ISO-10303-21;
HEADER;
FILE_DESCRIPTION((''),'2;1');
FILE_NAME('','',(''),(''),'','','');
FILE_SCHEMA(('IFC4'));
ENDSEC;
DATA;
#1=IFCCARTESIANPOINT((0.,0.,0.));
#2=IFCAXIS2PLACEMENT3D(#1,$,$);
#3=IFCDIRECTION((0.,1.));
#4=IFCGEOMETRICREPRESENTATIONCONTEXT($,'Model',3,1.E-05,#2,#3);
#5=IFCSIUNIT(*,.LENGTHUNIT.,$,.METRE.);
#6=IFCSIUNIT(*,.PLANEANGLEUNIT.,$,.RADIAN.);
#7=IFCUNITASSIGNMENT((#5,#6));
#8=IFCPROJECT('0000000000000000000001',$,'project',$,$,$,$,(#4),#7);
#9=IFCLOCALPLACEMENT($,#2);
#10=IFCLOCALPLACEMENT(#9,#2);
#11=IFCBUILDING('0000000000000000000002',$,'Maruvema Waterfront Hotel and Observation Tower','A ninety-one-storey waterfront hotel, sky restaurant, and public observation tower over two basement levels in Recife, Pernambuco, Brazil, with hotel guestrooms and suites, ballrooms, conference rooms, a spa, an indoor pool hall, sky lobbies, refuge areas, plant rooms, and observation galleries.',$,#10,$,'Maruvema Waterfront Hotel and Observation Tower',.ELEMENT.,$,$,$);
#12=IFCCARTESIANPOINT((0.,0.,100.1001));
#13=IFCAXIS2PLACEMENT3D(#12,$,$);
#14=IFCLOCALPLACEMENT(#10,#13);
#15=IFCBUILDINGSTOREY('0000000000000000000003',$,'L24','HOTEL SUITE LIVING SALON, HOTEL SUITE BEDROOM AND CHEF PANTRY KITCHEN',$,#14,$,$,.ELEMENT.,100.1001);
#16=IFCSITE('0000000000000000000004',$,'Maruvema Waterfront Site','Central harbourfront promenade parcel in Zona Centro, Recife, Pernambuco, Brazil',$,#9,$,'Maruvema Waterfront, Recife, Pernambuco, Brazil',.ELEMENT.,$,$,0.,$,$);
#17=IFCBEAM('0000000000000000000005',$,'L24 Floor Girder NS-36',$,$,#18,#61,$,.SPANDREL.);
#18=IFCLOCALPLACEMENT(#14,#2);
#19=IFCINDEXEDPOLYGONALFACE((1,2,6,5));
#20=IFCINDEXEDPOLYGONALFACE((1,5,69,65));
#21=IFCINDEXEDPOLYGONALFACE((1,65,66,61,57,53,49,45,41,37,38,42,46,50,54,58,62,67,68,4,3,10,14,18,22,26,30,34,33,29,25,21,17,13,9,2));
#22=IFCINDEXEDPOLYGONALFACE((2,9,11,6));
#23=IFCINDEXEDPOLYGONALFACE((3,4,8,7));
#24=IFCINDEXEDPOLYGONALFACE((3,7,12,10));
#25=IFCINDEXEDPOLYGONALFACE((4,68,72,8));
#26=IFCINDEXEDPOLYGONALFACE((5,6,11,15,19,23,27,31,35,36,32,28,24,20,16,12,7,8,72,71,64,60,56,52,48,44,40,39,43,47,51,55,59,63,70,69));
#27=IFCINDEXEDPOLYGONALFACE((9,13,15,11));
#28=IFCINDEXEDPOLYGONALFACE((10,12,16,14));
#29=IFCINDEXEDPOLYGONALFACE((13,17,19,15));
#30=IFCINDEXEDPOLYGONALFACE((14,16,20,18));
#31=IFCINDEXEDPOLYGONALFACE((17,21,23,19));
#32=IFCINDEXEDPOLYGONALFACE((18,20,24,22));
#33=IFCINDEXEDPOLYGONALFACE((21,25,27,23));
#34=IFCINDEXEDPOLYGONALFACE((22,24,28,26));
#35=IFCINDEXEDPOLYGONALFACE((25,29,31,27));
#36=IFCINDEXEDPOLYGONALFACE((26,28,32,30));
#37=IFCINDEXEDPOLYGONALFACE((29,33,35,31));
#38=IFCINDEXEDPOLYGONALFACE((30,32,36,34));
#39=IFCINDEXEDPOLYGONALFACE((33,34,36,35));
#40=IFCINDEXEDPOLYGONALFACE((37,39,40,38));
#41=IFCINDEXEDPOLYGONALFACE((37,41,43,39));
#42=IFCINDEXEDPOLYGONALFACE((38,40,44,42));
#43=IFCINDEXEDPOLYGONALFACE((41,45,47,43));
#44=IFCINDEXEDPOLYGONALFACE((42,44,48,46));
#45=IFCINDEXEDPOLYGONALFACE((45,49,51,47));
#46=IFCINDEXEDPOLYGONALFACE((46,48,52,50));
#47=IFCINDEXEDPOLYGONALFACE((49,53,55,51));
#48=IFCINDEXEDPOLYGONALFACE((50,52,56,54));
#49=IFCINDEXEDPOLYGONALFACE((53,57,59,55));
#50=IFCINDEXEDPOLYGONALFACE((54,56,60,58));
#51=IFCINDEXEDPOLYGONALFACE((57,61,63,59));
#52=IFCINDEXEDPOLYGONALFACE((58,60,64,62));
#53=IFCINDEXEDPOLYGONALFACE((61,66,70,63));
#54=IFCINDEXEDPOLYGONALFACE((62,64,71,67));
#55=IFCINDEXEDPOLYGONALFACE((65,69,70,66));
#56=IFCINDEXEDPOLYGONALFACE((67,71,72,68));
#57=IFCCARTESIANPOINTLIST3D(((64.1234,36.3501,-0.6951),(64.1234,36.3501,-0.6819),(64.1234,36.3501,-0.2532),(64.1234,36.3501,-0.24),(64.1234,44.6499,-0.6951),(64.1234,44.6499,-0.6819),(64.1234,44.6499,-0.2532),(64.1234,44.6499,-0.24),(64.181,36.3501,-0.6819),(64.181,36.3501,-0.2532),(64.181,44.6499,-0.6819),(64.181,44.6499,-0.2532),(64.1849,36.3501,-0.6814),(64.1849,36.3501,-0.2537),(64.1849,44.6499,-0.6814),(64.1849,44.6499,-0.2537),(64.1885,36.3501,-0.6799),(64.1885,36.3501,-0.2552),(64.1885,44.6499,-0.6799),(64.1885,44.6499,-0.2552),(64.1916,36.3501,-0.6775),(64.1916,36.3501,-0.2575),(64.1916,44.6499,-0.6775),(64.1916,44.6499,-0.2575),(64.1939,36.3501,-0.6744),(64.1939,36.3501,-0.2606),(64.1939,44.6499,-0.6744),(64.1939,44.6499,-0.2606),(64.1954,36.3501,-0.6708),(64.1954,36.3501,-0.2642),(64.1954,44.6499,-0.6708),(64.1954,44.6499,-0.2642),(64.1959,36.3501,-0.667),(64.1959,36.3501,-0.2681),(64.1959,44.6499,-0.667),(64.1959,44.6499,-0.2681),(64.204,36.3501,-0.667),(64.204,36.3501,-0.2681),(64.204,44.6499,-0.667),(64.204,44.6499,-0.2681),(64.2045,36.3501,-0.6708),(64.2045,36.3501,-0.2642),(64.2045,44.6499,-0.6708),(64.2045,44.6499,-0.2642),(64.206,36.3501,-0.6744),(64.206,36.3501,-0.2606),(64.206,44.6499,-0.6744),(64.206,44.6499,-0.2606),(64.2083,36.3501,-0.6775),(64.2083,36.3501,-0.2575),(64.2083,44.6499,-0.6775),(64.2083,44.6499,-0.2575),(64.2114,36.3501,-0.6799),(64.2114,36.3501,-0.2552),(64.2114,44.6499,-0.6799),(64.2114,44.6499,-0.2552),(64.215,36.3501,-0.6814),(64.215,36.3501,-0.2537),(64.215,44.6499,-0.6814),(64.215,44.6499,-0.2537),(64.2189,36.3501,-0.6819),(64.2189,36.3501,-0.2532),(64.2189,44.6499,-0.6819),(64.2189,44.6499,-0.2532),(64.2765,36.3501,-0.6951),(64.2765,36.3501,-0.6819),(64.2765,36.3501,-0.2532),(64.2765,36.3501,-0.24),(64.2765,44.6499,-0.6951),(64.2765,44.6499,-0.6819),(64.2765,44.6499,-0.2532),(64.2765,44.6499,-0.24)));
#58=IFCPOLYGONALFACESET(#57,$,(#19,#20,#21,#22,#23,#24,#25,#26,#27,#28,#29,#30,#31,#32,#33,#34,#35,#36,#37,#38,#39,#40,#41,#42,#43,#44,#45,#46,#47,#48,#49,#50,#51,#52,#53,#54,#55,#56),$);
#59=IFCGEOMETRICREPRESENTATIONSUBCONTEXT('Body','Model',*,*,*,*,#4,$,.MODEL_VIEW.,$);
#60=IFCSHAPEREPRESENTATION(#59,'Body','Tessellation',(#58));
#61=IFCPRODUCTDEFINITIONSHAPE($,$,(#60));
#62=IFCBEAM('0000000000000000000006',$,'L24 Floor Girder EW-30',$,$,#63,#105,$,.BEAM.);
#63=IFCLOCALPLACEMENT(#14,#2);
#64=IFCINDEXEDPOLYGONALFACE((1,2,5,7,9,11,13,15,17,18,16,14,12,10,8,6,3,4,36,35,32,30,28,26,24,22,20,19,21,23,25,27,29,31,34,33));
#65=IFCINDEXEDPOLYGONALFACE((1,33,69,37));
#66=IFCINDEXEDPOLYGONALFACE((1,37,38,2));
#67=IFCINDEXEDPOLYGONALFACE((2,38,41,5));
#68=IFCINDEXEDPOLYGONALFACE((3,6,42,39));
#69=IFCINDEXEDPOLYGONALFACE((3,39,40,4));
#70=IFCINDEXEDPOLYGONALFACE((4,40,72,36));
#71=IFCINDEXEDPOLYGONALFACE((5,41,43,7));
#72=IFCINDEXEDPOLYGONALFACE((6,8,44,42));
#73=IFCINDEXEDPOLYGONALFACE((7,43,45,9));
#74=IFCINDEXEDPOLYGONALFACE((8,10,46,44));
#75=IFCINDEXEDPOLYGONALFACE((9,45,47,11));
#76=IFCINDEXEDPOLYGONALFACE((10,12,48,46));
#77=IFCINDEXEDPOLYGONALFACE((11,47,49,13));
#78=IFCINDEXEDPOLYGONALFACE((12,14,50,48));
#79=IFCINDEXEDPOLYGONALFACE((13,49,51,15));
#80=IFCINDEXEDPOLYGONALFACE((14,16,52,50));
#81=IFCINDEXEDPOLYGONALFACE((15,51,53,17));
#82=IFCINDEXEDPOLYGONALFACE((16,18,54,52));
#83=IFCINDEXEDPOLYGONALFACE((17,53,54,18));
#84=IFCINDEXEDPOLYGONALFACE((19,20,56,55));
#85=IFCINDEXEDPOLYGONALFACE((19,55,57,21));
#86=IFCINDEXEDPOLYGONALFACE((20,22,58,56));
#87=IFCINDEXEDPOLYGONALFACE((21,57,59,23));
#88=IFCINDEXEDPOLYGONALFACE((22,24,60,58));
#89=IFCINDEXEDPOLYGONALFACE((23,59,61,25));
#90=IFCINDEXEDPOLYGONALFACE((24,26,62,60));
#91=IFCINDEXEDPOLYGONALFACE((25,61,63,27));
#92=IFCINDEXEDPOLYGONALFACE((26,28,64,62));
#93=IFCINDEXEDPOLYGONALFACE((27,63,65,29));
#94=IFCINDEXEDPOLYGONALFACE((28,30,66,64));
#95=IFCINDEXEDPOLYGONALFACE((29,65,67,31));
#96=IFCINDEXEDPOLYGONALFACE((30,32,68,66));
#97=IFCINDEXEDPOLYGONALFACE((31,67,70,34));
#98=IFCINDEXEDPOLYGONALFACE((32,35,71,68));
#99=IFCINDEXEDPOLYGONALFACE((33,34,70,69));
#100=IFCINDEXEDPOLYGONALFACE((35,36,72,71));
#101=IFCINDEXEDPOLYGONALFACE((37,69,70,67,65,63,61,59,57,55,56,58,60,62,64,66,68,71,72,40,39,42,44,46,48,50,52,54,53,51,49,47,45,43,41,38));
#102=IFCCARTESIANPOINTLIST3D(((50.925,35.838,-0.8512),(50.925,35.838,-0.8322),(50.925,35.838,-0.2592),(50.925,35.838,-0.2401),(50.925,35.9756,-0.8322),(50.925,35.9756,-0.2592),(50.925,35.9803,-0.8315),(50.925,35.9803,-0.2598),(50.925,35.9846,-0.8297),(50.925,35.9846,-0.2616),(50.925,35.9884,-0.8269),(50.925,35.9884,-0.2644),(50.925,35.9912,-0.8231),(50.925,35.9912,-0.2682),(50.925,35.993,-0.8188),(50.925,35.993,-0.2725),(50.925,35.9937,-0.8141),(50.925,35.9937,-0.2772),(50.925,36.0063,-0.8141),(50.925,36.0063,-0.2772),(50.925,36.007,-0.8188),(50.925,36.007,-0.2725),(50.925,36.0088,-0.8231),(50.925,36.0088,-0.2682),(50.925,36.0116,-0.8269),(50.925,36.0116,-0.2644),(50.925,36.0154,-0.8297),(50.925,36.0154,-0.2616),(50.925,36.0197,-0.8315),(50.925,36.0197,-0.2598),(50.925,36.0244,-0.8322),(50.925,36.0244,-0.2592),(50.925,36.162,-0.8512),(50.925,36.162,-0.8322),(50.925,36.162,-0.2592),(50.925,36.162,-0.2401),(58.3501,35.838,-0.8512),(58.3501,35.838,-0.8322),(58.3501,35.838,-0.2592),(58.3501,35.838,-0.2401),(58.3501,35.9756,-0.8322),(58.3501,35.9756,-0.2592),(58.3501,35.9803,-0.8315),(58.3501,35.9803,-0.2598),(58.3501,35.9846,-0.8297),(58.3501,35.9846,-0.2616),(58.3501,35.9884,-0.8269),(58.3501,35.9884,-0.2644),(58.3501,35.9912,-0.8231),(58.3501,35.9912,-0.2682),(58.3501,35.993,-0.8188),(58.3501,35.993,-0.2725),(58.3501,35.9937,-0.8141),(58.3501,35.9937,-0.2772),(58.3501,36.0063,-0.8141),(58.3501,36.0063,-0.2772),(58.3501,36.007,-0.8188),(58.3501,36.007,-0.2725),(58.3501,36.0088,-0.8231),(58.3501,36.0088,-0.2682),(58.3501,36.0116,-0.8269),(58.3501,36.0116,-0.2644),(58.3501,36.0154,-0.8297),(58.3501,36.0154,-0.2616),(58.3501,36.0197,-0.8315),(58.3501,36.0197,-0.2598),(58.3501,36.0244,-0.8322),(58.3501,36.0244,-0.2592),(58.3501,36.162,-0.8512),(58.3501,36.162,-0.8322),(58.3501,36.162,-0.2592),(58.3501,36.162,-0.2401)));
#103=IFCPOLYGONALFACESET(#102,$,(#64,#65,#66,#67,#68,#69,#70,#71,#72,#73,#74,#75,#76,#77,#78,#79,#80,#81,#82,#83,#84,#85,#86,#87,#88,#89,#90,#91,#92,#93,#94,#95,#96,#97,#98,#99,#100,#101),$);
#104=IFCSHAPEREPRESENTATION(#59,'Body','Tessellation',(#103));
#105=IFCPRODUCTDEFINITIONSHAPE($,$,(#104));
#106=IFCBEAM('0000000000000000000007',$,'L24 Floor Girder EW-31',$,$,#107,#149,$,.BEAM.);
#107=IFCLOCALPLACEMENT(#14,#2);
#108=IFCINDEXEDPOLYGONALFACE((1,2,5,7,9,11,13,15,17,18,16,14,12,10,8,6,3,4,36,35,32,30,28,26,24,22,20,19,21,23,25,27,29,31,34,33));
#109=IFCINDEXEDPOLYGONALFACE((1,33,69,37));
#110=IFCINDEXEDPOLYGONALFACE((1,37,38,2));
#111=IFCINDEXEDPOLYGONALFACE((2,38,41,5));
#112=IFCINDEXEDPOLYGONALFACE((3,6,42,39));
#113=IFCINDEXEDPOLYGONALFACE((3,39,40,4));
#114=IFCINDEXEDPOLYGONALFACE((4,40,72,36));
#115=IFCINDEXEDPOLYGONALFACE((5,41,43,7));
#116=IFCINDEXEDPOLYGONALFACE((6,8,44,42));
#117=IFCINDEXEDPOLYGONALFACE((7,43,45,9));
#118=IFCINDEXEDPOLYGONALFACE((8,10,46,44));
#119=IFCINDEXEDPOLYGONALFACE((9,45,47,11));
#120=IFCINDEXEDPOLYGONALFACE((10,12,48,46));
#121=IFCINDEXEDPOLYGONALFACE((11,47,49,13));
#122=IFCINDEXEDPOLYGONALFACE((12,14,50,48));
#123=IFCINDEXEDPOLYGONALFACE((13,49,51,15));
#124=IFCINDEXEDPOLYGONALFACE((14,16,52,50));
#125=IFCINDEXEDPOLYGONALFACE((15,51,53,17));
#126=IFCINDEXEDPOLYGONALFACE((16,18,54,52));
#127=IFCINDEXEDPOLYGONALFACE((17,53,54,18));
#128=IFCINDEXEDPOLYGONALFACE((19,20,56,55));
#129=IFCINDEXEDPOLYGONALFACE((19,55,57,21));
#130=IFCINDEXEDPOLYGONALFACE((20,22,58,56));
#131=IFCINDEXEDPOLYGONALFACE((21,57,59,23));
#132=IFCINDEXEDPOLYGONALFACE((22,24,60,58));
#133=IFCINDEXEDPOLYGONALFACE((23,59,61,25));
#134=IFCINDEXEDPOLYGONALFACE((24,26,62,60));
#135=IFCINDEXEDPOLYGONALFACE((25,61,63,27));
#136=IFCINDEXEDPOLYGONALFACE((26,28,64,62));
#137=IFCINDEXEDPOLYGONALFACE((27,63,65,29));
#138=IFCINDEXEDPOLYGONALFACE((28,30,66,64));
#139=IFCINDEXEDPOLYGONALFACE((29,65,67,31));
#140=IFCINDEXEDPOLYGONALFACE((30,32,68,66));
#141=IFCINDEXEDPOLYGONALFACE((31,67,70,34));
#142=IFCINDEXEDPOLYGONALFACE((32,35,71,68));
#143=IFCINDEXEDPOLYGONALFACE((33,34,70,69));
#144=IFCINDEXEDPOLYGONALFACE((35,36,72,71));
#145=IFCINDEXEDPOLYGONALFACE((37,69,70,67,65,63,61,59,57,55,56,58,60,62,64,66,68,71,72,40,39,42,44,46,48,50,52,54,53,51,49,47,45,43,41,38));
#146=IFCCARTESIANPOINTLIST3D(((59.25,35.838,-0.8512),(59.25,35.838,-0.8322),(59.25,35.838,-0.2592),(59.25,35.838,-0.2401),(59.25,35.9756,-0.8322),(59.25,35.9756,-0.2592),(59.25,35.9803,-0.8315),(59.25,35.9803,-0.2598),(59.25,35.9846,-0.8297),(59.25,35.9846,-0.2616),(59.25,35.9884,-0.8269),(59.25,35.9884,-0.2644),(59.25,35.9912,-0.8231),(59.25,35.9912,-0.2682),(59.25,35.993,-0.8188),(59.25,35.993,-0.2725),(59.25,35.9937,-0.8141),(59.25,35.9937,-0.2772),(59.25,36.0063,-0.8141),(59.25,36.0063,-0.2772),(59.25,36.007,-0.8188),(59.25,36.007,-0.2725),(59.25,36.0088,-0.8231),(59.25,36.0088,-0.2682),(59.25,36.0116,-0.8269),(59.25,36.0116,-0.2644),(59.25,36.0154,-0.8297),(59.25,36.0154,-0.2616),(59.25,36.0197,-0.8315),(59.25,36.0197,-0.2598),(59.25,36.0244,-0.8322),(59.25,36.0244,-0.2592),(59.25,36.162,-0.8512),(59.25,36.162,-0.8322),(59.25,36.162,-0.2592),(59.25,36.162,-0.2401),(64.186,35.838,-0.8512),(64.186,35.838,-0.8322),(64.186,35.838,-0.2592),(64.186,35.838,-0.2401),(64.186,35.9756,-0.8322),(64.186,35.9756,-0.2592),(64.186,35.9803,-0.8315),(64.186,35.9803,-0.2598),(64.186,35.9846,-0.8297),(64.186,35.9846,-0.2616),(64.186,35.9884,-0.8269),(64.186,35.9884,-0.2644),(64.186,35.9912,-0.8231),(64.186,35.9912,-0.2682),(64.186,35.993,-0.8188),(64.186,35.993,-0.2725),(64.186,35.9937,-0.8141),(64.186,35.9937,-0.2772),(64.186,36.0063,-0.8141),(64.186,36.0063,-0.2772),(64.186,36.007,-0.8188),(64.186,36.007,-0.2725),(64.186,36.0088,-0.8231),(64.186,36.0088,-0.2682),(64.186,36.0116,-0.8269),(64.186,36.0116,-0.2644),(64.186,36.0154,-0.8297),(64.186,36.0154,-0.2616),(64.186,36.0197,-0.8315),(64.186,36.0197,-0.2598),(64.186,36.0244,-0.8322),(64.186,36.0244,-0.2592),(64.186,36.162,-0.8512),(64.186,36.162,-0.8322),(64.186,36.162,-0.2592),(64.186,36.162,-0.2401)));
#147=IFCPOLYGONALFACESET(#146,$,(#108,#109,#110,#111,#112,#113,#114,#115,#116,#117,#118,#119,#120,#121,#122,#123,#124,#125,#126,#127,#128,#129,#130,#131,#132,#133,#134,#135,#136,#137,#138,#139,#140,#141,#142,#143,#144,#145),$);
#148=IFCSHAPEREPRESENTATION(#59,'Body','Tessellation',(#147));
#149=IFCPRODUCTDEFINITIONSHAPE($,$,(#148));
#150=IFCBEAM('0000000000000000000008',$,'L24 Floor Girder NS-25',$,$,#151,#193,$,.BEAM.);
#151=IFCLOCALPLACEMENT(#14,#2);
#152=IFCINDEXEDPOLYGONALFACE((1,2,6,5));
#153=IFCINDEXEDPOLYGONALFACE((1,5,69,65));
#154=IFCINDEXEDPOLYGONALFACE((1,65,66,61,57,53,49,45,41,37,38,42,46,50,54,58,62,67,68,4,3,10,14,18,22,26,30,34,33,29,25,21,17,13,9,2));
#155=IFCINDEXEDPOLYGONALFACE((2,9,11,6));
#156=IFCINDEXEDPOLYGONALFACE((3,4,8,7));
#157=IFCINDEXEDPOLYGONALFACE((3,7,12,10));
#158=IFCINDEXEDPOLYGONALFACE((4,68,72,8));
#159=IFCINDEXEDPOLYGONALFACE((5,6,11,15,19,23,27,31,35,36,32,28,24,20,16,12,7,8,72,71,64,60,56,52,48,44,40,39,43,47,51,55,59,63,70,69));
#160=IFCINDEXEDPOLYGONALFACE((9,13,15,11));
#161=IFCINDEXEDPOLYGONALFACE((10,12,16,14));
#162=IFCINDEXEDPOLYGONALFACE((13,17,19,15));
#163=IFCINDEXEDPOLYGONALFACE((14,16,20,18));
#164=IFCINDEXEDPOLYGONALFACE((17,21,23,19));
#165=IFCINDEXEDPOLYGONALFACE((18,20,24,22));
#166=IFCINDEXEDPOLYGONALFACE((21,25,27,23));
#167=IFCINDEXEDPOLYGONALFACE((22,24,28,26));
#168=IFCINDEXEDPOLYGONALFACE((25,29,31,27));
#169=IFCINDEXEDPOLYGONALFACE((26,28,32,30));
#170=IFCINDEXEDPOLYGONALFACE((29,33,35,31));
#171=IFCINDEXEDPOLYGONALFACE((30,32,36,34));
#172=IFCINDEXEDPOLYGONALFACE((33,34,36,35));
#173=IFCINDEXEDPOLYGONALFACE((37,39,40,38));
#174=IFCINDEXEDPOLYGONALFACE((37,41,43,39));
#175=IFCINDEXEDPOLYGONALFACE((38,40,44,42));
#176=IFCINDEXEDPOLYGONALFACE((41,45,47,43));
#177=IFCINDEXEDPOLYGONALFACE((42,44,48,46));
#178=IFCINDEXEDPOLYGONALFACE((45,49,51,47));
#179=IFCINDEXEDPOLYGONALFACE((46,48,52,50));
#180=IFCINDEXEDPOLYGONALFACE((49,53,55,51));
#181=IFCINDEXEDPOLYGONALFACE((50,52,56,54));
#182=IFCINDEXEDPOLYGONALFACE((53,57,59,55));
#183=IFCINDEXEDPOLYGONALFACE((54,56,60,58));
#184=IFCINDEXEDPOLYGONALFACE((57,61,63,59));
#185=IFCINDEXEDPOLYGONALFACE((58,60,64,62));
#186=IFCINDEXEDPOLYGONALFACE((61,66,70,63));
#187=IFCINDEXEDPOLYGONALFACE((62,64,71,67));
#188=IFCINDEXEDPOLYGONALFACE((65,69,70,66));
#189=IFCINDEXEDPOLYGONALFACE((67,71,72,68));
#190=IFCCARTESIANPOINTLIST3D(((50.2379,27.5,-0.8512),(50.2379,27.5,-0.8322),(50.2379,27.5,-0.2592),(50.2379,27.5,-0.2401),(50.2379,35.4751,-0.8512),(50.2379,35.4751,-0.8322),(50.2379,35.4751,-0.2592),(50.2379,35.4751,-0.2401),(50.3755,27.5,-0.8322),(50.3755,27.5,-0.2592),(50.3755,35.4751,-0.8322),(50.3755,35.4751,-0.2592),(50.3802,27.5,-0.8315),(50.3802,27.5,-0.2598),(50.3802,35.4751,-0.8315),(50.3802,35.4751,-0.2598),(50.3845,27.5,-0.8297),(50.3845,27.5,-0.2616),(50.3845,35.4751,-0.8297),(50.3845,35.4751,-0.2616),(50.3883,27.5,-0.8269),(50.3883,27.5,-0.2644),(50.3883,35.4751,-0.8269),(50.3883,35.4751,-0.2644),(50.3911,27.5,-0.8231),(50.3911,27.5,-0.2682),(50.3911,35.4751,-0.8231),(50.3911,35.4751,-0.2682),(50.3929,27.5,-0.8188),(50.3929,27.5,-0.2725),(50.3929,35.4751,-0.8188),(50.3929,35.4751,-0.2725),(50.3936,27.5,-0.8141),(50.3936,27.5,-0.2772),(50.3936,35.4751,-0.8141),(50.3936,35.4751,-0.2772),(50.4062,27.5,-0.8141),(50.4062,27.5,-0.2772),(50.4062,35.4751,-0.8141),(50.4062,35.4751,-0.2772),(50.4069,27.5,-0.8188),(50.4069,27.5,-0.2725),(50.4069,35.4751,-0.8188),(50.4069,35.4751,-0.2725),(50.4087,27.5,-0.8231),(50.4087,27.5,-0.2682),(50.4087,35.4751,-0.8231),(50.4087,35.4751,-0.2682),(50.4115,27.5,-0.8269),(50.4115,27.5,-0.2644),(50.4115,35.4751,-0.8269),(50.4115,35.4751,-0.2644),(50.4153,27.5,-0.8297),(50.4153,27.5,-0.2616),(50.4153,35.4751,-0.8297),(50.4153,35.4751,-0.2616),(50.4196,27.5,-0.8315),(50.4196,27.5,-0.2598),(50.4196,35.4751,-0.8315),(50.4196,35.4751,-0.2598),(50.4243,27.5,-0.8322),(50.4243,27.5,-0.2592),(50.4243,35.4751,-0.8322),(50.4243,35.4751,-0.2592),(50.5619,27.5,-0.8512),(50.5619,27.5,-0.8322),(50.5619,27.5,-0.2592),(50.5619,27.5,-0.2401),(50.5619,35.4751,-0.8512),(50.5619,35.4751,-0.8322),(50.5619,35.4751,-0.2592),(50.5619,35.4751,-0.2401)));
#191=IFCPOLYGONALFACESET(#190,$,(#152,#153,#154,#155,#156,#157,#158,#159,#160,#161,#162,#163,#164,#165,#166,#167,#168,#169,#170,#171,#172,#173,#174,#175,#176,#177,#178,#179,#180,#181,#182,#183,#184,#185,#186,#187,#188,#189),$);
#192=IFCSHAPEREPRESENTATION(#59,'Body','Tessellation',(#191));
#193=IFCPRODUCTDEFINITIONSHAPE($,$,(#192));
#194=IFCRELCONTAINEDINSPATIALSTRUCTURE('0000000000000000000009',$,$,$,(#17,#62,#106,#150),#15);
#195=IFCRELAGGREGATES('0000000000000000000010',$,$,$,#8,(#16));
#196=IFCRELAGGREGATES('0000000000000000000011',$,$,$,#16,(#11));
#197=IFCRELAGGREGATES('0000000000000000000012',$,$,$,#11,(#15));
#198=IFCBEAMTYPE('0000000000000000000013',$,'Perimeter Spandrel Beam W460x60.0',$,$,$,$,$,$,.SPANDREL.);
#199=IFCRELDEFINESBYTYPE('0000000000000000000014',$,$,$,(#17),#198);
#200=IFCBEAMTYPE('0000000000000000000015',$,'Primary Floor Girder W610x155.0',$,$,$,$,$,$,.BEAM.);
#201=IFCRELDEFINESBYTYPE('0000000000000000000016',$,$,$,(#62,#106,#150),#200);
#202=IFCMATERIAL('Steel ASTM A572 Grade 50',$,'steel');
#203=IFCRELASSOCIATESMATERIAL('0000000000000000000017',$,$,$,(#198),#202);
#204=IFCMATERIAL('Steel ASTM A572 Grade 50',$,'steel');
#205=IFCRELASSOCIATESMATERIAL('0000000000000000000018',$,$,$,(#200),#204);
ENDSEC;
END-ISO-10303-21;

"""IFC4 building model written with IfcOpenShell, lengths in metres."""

from ifc_helpers import new_model, si_unit, direction, frame, origin, origin_2d, place, context, subcontext, project, spatial, i_section, extrude, material, material_profile, profile_set, type_object, element, save


model = new_model("IFC4")

# Units and contexts
model_context = context("Model", 3, precision=1e-05, world=origin(), true_north=direction((0.0, 1.0)))
body_context = subcontext(model_context, "Body", "Model", "MODEL_VIEW")
ifc_project = project(units=[si_unit("LENGTHUNIT", "METRE"), si_unit("PLANEANGLEUNIT", "RADIAN")], contexts=[model_context])

# Site, building, storey
site_placement = place(None, origin())
site = spatial("IfcSite", under=ifc_project, at=site_placement, Name="Maruvema Waterfront Site", Description="Central harbourfront promenade parcel in Zona Centro, Recife, Pernambuco, Brazil", LongName="Maruvema Waterfront, Recife, Pernambuco, Brazil", CompositionType="ELEMENT", RefElevation=0.0)
building_placement = place(site_placement, origin())
building = spatial("IfcBuilding", under=site, at=building_placement, Name="Maruvema Waterfront Hotel and Observation Tower", Description="A ninety-one-storey waterfront hotel, sky restaurant, and public observation tower over two basement levels in Recife, Pernambuco, Brazil, with hotel guestrooms and suites, ballrooms, conference rooms, a spa, an indoor pool hall, sky lobbies, refuge areas, plant rooms, and observation galleries.", LongName="Maruvema Waterfront Hotel and Observation Tower", CompositionType="ELEMENT")
storey_placement = place(building_placement, frame((0.0, 0.0, 100.1001)))
storey = spatial("IfcBuildingStorey", under=building, at=storey_placement, Name="L24", Description="HOTEL SUITE LIVING SALON, HOTEL SUITE BEDROOM AND CHEF PANTRY KITCHEN", CompositionType="ELEMENT", Elevation=100.1001)

# Beams
ifc_material_1 = material(Name="Steel ASTM A572 Grade 50", Category="steel")
ifc_material_profile_1 = material_profile(ifc_material_1, i_section(OverallWidth=0.1531, OverallDepth=0.4551, WebThickness=0.0081, FlangeThickness=0.0132, FilletRadius=0.0149, at=origin_2d()), Name="W460x60.0")
ifc_profile_set_1 = profile_set([ifc_material_profile_1], Name="Steel ASTM A572 Grade 50")
beam_type_1 = type_object("IfcBeamType", Name="Perimeter Spandrel Beam W460x60.0", PredefinedType="SPANDREL", material=ifc_profile_set_1)
for number, where, z_axis, x_axis, name in (
    (1, (64.2, 36.3501, -0.4675), (0.0, 1.0, 0.0), (-1.0, 0.0, 0.0), "L24 Floor Girder NS-36"),
):
    element("IfcBeam", number, at=place(storey_placement, frame(where, z_axis=z_axis, x_axis=x_axis)), inside=storey, type_object=beam_type_1, Name=name, PredefinedType="SPANDREL", context=body_context, shape_type="SweptSolid", body=[
        extrude(i_section(OverallWidth=0.1531, OverallDepth=0.4551, WebThickness=0.0081, FlangeThickness=0.0132, FilletRadius=0.0149, at=origin_2d()), origin(), (0.0, 0.0, 1.0), 8.2998),
    ])
ifc_material_2 = material(Name="Steel ASTM A572 Grade 50", Category="steel")
ifc_material_profile_2 = material_profile(ifc_material_2, i_section(OverallWidth=0.324, OverallDepth=0.6111, WebThickness=0.0127, FlangeThickness=0.019, FilletRadius=0.0181, at=origin_2d()), Name="W610x155.0")
ifc_profile_set_2 = profile_set([ifc_material_profile_2], Name="Steel ASTM A572 Grade 50")
beam_type_2 = type_object("IfcBeamType", Name="Primary Floor Girder W610x155.0", PredefinedType="BEAM", material=ifc_profile_set_2)
beam_1_placement = place(storey_placement, frame((50.925, 36.0, -0.5457), z_axis=(1.0, 0.0, 0.0), x_axis=(0.0, 1.0, 0.0)))
element("IfcBeam", 2, at=beam_1_placement, inside=storey, type_object=beam_type_2, Name="L24 Floor Girder EW-30", PredefinedType="BEAM", context=body_context, shape_type="SweptSolid", body=[
    extrude(i_section(OverallWidth=0.324, OverallDepth=0.6111, WebThickness=0.0127, FlangeThickness=0.019, FilletRadius=0.0181, at=origin_2d()), origin(), (0.0, 0.0, 1.0), 7.425),
])
beam_2_placement = place(storey_placement, frame((59.25, 36.0, -0.5457), z_axis=(1.0, 0.0, 0.0), x_axis=(0.0, 1.0, 0.0)))
element("IfcBeam", 3, at=beam_2_placement, inside=storey, type_object=beam_type_2, Name="L24 Floor Girder EW-31", PredefinedType="BEAM", context=body_context, shape_type="SweptSolid", body=[
    extrude(i_section(OverallWidth=0.324, OverallDepth=0.6111, WebThickness=0.0127, FlangeThickness=0.019, FilletRadius=0.0181, at=origin_2d()), origin(), (0.0, 0.0, 1.0), 4.936),
])
for number, where, z_axis, x_axis, name in (
    (4, (50.3999, 27.5, -0.5457), (0.0, 1.0, 0.0), (-1.0, 0.0, 0.0), "L24 Floor Girder NS-25"),
):
    element("IfcBeam", number, at=place(storey_placement, frame(where, z_axis=z_axis, x_axis=x_axis)), inside=storey, type_object=beam_type_2, Name=name, PredefinedType="BEAM", context=body_context, shape_type="SweptSolid", body=[
        extrude(i_section(OverallWidth=0.324, OverallDepth=0.6111, WebThickness=0.0127, FlangeThickness=0.019, FilletRadius=0.0181, at=origin_2d()), origin(), (0.0, 0.0, 1.0), 7.9751),
    ])

save(model, "model.ifc")
